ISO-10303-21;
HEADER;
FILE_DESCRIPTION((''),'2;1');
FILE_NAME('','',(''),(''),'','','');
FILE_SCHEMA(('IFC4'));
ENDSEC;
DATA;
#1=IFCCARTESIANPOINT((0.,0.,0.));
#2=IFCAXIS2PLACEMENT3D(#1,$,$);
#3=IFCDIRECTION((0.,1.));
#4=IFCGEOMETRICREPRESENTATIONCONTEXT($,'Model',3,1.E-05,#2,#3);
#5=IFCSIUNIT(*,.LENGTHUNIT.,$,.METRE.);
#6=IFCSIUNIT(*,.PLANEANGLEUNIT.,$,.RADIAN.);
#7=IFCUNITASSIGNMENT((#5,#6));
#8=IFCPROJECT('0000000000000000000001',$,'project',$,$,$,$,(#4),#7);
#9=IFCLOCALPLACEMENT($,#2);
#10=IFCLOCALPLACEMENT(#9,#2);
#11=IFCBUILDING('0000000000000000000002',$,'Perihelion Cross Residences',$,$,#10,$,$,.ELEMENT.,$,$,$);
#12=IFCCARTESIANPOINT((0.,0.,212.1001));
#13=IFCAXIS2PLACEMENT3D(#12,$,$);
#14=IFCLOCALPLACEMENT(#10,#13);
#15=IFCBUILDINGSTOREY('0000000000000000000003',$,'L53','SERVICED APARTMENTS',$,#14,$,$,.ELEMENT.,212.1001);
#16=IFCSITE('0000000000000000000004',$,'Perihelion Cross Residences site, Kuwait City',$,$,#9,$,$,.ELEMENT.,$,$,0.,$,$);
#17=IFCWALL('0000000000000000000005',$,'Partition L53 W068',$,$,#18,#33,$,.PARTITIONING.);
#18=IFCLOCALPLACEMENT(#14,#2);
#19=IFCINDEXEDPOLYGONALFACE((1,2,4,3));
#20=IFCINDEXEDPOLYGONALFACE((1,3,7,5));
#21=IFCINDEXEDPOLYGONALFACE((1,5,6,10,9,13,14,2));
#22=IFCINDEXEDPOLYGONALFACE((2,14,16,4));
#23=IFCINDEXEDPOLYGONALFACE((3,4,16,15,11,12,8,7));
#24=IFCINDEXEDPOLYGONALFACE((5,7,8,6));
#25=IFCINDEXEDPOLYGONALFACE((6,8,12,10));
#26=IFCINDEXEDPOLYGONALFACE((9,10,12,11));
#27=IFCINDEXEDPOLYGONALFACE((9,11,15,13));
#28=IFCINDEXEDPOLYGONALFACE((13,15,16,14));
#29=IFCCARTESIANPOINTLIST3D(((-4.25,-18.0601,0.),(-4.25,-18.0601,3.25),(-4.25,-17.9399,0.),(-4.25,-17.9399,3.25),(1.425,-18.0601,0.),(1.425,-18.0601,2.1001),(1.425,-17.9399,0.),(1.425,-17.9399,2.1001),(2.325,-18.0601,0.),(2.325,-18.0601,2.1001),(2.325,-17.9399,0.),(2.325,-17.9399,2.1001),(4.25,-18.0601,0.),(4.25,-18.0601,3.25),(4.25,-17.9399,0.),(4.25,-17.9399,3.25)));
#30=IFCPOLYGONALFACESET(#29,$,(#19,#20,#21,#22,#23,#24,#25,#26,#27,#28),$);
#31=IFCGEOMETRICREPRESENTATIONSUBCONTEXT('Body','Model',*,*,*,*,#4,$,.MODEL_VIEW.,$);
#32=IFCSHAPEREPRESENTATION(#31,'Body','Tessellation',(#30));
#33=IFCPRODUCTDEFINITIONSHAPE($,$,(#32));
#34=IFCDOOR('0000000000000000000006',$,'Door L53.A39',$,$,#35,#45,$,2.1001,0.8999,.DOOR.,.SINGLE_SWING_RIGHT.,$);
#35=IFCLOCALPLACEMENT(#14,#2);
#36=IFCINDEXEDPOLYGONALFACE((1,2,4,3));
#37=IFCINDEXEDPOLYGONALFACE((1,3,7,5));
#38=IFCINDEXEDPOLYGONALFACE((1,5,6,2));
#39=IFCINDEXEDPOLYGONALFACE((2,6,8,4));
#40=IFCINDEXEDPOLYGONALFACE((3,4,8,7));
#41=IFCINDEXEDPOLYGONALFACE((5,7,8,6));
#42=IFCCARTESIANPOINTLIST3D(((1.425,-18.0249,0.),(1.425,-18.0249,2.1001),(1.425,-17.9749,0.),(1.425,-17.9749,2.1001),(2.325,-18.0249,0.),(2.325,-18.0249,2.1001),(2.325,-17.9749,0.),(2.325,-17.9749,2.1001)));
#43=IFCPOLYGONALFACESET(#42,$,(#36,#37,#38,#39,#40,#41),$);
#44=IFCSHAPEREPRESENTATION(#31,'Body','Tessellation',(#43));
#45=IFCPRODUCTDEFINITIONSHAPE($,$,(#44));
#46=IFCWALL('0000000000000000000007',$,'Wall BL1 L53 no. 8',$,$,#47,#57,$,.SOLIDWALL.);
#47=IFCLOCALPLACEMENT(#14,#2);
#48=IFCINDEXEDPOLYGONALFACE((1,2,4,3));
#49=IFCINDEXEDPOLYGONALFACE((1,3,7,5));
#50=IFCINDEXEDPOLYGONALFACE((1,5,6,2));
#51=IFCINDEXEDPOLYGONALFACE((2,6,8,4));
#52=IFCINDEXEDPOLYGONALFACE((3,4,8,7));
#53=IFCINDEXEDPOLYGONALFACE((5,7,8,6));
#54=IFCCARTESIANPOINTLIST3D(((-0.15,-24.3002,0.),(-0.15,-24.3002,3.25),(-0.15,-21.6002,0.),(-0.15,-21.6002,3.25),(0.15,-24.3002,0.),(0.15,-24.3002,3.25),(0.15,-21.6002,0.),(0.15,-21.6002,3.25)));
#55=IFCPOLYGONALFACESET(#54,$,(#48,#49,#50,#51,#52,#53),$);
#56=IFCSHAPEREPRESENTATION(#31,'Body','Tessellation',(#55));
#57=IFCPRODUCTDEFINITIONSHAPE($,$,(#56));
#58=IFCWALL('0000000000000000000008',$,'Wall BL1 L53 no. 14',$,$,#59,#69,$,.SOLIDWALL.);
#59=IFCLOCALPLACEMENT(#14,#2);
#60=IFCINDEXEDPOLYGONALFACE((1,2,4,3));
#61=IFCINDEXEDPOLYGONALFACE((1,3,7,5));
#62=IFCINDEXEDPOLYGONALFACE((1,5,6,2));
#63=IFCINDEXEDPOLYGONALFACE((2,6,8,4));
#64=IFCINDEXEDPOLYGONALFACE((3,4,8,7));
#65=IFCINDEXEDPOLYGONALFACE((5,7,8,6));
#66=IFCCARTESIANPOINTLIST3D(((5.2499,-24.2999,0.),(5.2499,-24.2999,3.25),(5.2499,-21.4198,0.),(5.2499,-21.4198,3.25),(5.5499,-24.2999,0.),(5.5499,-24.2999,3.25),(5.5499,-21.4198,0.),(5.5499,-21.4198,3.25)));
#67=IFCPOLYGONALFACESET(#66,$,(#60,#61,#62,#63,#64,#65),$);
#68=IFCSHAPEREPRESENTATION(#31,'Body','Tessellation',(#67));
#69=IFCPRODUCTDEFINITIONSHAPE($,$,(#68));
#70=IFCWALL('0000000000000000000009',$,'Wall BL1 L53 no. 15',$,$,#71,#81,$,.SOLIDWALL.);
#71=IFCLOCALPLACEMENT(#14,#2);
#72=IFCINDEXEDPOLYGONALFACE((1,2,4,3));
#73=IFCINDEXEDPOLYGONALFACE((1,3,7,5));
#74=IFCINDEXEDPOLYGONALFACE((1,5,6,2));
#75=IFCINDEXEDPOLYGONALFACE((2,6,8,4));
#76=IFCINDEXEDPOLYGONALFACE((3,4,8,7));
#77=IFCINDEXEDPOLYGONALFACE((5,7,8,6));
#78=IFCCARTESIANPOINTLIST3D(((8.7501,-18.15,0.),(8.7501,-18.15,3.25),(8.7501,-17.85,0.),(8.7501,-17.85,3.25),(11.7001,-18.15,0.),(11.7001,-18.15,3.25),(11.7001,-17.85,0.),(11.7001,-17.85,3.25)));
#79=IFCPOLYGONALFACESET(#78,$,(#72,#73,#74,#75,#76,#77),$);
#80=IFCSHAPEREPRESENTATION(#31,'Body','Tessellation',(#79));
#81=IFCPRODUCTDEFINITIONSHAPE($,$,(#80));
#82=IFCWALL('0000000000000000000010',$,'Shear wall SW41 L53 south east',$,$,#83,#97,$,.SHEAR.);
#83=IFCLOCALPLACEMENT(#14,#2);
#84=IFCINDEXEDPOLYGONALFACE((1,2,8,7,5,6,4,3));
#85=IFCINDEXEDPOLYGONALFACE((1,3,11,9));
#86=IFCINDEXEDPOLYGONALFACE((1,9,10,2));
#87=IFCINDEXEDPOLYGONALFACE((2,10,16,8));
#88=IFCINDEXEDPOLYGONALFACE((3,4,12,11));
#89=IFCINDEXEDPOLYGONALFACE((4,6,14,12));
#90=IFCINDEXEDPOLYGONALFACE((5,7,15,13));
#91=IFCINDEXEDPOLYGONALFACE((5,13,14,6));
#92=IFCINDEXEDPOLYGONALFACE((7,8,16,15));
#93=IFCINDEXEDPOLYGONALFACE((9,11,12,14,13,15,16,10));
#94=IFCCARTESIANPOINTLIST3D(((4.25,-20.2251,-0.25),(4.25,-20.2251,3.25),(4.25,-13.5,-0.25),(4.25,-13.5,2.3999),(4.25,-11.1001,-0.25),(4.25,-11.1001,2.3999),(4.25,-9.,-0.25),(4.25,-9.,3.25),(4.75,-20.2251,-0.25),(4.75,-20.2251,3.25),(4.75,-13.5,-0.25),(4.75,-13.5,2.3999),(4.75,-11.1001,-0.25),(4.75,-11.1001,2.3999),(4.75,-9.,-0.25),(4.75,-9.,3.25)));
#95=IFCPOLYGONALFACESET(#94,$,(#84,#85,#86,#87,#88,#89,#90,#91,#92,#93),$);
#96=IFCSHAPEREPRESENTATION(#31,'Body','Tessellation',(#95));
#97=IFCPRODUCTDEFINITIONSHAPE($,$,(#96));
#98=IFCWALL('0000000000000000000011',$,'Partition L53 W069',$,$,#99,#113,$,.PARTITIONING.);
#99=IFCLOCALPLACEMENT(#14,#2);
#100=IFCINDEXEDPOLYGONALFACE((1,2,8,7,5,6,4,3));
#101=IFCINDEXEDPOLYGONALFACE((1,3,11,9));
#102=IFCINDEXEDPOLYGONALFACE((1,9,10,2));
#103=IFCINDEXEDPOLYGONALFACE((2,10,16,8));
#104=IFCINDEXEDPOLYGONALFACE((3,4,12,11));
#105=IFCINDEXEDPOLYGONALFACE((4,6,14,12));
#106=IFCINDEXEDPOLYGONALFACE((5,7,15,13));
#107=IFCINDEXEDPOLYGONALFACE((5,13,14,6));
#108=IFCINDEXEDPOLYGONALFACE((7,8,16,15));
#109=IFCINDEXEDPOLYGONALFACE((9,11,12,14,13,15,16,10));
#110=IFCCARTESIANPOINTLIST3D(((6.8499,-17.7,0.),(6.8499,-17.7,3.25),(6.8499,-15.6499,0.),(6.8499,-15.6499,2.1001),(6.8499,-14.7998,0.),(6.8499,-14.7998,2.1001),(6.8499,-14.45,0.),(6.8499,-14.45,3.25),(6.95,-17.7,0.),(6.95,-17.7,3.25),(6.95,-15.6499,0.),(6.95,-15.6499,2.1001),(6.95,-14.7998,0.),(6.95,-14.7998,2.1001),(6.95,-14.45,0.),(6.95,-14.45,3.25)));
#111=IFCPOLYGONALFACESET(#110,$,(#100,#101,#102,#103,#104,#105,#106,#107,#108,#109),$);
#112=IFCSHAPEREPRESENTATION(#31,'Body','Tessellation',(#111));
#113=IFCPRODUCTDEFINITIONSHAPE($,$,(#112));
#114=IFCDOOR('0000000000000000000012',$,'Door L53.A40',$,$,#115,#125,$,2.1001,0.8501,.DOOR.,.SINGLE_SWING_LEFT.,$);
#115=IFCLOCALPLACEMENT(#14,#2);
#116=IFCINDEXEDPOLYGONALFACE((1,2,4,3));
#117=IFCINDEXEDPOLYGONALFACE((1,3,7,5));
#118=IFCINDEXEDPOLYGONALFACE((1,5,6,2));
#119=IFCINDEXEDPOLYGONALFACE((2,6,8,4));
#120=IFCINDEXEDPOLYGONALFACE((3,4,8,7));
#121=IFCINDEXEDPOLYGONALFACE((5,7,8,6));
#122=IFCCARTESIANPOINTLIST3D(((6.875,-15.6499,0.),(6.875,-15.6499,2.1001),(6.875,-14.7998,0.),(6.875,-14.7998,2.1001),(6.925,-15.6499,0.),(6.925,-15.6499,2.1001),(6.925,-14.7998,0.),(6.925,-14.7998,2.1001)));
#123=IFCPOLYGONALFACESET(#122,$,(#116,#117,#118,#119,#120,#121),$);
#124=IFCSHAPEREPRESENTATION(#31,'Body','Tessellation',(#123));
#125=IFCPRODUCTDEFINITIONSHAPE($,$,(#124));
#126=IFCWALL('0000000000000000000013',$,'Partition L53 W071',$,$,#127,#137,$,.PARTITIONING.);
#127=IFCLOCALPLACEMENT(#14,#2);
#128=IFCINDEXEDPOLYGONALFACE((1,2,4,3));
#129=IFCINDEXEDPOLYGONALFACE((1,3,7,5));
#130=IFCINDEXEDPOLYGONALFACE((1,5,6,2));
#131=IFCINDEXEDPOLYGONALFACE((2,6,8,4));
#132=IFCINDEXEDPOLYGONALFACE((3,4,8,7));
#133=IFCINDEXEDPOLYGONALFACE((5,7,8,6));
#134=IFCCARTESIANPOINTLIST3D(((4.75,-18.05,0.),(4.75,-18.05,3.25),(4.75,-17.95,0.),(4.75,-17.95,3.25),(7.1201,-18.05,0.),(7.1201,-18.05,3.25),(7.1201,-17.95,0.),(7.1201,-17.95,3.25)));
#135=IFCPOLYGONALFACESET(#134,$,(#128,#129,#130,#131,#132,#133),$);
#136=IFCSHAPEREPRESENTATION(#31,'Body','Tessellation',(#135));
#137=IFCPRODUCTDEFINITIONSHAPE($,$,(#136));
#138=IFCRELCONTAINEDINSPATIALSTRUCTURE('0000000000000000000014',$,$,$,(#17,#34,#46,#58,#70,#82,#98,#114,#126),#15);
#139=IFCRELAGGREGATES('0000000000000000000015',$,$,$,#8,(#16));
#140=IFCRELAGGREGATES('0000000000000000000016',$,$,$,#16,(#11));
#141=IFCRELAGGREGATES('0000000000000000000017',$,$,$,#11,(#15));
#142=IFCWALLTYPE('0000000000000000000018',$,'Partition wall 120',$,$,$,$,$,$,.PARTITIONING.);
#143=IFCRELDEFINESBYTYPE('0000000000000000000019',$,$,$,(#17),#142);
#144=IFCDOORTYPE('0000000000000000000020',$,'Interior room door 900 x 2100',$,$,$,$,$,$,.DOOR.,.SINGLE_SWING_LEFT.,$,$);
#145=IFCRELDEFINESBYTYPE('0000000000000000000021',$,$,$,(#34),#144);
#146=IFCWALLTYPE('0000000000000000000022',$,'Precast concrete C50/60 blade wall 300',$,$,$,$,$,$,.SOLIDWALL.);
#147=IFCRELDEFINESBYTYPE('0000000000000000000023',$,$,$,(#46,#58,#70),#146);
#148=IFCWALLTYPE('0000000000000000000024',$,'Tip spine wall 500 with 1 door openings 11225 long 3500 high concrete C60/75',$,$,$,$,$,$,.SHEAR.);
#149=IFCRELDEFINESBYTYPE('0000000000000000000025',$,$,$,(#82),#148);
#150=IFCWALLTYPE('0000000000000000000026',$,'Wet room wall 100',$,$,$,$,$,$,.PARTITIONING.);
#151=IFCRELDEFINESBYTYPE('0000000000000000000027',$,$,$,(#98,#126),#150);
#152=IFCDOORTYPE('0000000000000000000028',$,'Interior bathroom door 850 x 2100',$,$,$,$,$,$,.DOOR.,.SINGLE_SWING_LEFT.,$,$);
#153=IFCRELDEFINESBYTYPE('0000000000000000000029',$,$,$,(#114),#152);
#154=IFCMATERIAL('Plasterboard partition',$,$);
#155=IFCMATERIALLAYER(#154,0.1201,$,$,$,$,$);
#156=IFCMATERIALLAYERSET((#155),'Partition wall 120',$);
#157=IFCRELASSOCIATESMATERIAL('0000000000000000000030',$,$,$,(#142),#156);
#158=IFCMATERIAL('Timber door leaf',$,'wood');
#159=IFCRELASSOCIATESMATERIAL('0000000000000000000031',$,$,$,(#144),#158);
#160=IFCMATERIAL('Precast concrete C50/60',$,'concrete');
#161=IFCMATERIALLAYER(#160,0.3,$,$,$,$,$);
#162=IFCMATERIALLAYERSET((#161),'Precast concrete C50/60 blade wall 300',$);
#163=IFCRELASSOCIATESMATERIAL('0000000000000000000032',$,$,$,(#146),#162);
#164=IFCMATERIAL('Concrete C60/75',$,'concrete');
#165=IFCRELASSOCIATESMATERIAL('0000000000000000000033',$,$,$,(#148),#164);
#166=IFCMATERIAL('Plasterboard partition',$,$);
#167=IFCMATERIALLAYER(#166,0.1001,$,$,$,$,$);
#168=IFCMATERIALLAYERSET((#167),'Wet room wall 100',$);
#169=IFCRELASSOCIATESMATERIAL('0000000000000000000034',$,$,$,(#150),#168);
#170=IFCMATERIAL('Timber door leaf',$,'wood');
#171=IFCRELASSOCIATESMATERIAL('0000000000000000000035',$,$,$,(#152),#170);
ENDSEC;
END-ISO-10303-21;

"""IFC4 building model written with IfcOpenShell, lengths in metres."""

from ifc_helpers import new_model, si_unit, direction, frame, frame_2d, origin, place, context, subcontext, project, spatial, polyline, rectangle, outline, extrude, material, layer, layer_set, material_profile, profile_set, type_object, element, fill, save


model = new_model("IFC4")

# Units and contexts
model_context = context("Model", 3, precision=1e-05, world=origin(), true_north=direction((0.0, 1.0)))
body_context = subcontext(model_context, "Body", "Model", "MODEL_VIEW")
ifc_project = project(units=[si_unit("LENGTHUNIT", "METRE"), si_unit("PLANEANGLEUNIT", "RADIAN")], contexts=[model_context])

# Site, building, storey
site_placement = place(None, origin())
site = spatial("IfcSite", under=ifc_project, at=site_placement, Name="Perihelion Cross Residences site, Kuwait City", CompositionType="ELEMENT", RefElevation=0.0)
building_placement = place(site_placement, origin())
building = spatial("IfcBuilding", under=site, at=building_placement, Name="Perihelion Cross Residences", CompositionType="ELEMENT")
storey_placement = place(building_placement, frame((0.0, 0.0, 212.1001)))
storey = spatial("IfcBuildingStorey", under=building, at=storey_placement, Name="L53", Description="SERVICED APARTMENTS", CompositionType="ELEMENT", Elevation=212.1001)

# Wall, opening, door
ifc_material_1 = material(Name="Plasterboard partition")
ifc_layer_1 = layer(ifc_material_1, 0.1201)
ifc_layer_set_1 = layer_set([ifc_layer_1], Name="Partition wall 120")
wall_type_1 = type_object("IfcWallType", Name="Partition wall 120", PredefinedType="PARTITIONING", material=ifc_layer_set_1)
wall_1_placement = place(storey_placement, frame((4.25, -18.0, 0.0), z_axis=(0.0, 0.0, 1.0), x_axis=(-1.0, 0.0, 0.0)))
wall_1 = element("IfcWall", 1, at=wall_1_placement, inside=storey, type_object=wall_type_1, Name="Partition L53 W068", PredefinedType="PARTITIONING", context=body_context, shape_type="SweptSolid", body=[
    extrude(rectangle(XDim=8.5, YDim=0.1201, at=frame_2d((4.25, 0.0))), origin(), (0.0, 0.0, 1.0), 3.25),
])
opening_1_placement = place(wall_1_placement, frame((1.925, 0.0, 0.0)))
opening_1 = element("IfcOpeningElement", 2, at=opening_1_placement, cuts=wall_1, PredefinedType="OPENING", context=body_context, shape_type="SweptSolid", body=[
    extrude(rectangle(XDim=0.8999, YDim=2.1001, at=frame_2d((0.45, 1.05))), frame((0.0, 0.0701, 0.0), z_axis=(0.0, -1.0, 0.0), x_axis=(1.0, 0.0, 0.0)), (0.0, 0.0, 1.0), 0.1401),
])
ifc_material_2 = material(Name="Timber door leaf", Category="wood")
door_type_1 = type_object("IfcDoorType", Name="Interior room door 900 x 2100", OperationType="SINGLE_SWING_LEFT", PredefinedType="DOOR", material=ifc_material_2)
door_1_placement = place(opening_1_placement, origin())
door_1 = element("IfcDoor", 3, at=door_1_placement, inside=storey, type_object=door_type_1, Name="Door L53.A39", OperationType="SINGLE_SWING_RIGHT", OverallHeight=2.1001, OverallWidth=0.8999, PredefinedType="DOOR", context=body_context, shape_type="SweptSolid", body=[
    extrude(rectangle(XDim=0.8999, YDim=2.1001, at=frame_2d((0.45, 1.05))), frame((0.0, 0.0249, 0.0), z_axis=(0.0, -1.0, 0.0), x_axis=(1.0, 0.0, 0.0)), (0.0, 0.0, 1.0), 0.05),
])
fill(opening_1, door_1)

# Walls
ifc_material_3 = material(Name="Precast concrete C50/60", Category="concrete")
ifc_layer_2 = layer(ifc_material_3, 0.3)
ifc_layer_set_2 = layer_set([ifc_layer_2], Name="Precast concrete C50/60 blade wall 300")
wall_type_2 = type_object("IfcWallType", Name="Precast concrete C50/60 blade wall 300", PredefinedType="SOLIDWALL", material=ifc_layer_set_2)
wall_2_placement = place(storey_placement, frame((0.0, -21.6001, 0.0), z_axis=(0.0, 0.0, 1.0), x_axis=(0.0, -1.0, 0.0)))
element("IfcWall", 4, at=wall_2_placement, inside=storey, type_object=wall_type_2, Name="Wall BL1 L53 no. 8", PredefinedType="SOLIDWALL", context=body_context, shape_type="SweptSolid", body=[
    extrude(rectangle(XDim=2.7, YDim=0.3, at=frame_2d((1.3501, 0.0))), origin(), (0.0, 0.0, 1.0), 3.25),
])
wall_3_placement = place(storey_placement, frame((5.3999, -21.4199, 0.0), z_axis=(0.0, 0.0, 1.0), x_axis=(0.0, -1.0, 0.0)))
element("IfcWall", 5, at=wall_3_placement, inside=storey, type_object=wall_type_2, Name="Wall BL1 L53 no. 14", PredefinedType="SOLIDWALL", context=body_context, shape_type="SweptSolid", body=[
    extrude(rectangle(XDim=2.8801, YDim=0.3, at=frame_2d((1.4399, 0.0))), origin(), (0.0, 0.0, 1.0), 3.25),
])
wall_4_placement = place(storey_placement, frame((8.75, -18.0, 0.0), z_axis=(0.0, 0.0, 1.0), x_axis=(1.0, 0.0, 0.0)))
element("IfcWall", 6, at=wall_4_placement, inside=storey, type_object=wall_type_2, Name="Wall BL1 L53 no. 15", PredefinedType="SOLIDWALL", context=body_context, shape_type="SweptSolid", body=[
    extrude(rectangle(XDim=2.95, YDim=0.3, at=frame_2d((1.4751, 0.0))), origin(), (0.0, 0.0, 1.0), 3.25),
])
ifc_material_4 = material(Name="Concrete C60/75", Category="concrete")
ifc_material_profile_1 = material_profile(ifc_material_4, outline(polyline([(0.0, 0.0), (6.7251, 0.0), (6.7251, 2.6499), (9.125, 2.6499), (9.125, 0.0), (11.2251, 0.0), (11.2251, 3.5), (0.0, 3.5), (0.0, 0.0)])), Name="Tip spine wall")
ifc_profile_set_1 = profile_set([ifc_material_profile_1], Name="Concrete C60/75")
wall_type_3 = type_object("IfcWallType", Name="Tip spine wall 500 with 1 door openings 11225 long 3500 high concrete C60/75", PredefinedType="SHEAR", material=ifc_profile_set_1)
wall_5_placement = place(storey_placement, frame((4.25, -20.2251, -0.25), z_axis=(1.0, 0.0, 0.0), x_axis=(0.0, 1.0, 0.0)))
element("IfcWall", 7, at=wall_5_placement, inside=storey, type_object=wall_type_3, Name="Shear wall SW41 L53 south east", PredefinedType="SHEAR", context=body_context, shape_type="SweptSolid", body=[
    extrude(outline(polyline([(0.0, 0.0), (6.7251, 0.0), (6.7251, 2.6499), (9.125, 2.6499), (9.125, 0.0), (11.2251, 0.0), (11.2251, 3.5), (0.0, 3.5), (0.0, 0.0)])), origin(), (0.0, 0.0, 1.0), 0.5),
])

# Wall, opening, door
ifc_material_5 = material(Name="Plasterboard partition")
ifc_layer_3 = layer(ifc_material_5, 0.1001)
ifc_layer_set_3 = layer_set([ifc_layer_3], Name="Wet room wall 100")
wall_type_4 = type_object("IfcWallType", Name="Wet room wall 100", PredefinedType="PARTITIONING", material=ifc_layer_set_3)
wall_6_placement = place(storey_placement, frame((6.8999, -17.7, 0.0), z_axis=(0.0, 0.0, 1.0), x_axis=(0.0, 1.0, 0.0)))
wall_6 = element("IfcWall", 8, at=wall_6_placement, inside=storey, type_object=wall_type_4, Name="Partition L53 W069", PredefinedType="PARTITIONING", context=body_context, shape_type="SweptSolid", body=[
    extrude(rectangle(XDim=3.25, YDim=0.1001, at=frame_2d((1.625, 0.0))), origin(), (0.0, 0.0, 1.0), 3.25),
])
opening_2_placement = place(wall_6_placement, frame((2.05, 0.0, 0.0)))
opening_2 = element("IfcOpeningElement", 9, at=opening_2_placement, cuts=wall_6, PredefinedType="OPENING", context=body_context, shape_type="SweptSolid", body=[
    extrude(rectangle(XDim=0.8501, YDim=2.1001, at=frame_2d((0.425, 1.05))), frame((0.0, 0.0601, 0.0), z_axis=(0.0, -1.0, 0.0), x_axis=(1.0, 0.0, 0.0)), (0.0, 0.0, 1.0), 0.1201),
])
ifc_material_6 = material(Name="Timber door leaf", Category="wood")
door_type_2 = type_object("IfcDoorType", Name="Interior bathroom door 850 x 2100", OperationType="SINGLE_SWING_LEFT", PredefinedType="DOOR", material=ifc_material_6)
door_2_placement = place(opening_2_placement, origin())
door_2 = element("IfcDoor", 10, at=door_2_placement, inside=storey, type_object=door_type_2, Name="Door L53.A40", OperationType="SINGLE_SWING_LEFT", OverallHeight=2.1001, OverallWidth=0.8501, PredefinedType="DOOR", context=body_context, shape_type="SweptSolid", body=[
    extrude(rectangle(XDim=0.8501, YDim=2.1001, at=frame_2d((0.425, 1.05))), frame((0.0, 0.0249, 0.0), z_axis=(0.0, -1.0, 0.0), x_axis=(1.0, 0.0, 0.0)), (0.0, 0.0, 1.0), 0.05),
])
fill(opening_2, door_2)

# Wall
wall_7_placement = place(storey_placement, frame((7.1201, -18.0, 0.0), z_axis=(0.0, 0.0, 1.0), x_axis=(-1.0, 0.0, 0.0)))
element("IfcWall", 11, at=wall_7_placement, inside=storey, type_object=wall_type_4, Name="Partition L53 W071", PredefinedType="PARTITIONING", context=body_context, shape_type="SweptSolid", body=[
    extrude(rectangle(XDim=2.3701, YDim=0.1001, at=frame_2d((1.1851, 0.0))), origin(), (0.0, 0.0, 1.0), 3.25),
])

save(model, "model.ifc")
